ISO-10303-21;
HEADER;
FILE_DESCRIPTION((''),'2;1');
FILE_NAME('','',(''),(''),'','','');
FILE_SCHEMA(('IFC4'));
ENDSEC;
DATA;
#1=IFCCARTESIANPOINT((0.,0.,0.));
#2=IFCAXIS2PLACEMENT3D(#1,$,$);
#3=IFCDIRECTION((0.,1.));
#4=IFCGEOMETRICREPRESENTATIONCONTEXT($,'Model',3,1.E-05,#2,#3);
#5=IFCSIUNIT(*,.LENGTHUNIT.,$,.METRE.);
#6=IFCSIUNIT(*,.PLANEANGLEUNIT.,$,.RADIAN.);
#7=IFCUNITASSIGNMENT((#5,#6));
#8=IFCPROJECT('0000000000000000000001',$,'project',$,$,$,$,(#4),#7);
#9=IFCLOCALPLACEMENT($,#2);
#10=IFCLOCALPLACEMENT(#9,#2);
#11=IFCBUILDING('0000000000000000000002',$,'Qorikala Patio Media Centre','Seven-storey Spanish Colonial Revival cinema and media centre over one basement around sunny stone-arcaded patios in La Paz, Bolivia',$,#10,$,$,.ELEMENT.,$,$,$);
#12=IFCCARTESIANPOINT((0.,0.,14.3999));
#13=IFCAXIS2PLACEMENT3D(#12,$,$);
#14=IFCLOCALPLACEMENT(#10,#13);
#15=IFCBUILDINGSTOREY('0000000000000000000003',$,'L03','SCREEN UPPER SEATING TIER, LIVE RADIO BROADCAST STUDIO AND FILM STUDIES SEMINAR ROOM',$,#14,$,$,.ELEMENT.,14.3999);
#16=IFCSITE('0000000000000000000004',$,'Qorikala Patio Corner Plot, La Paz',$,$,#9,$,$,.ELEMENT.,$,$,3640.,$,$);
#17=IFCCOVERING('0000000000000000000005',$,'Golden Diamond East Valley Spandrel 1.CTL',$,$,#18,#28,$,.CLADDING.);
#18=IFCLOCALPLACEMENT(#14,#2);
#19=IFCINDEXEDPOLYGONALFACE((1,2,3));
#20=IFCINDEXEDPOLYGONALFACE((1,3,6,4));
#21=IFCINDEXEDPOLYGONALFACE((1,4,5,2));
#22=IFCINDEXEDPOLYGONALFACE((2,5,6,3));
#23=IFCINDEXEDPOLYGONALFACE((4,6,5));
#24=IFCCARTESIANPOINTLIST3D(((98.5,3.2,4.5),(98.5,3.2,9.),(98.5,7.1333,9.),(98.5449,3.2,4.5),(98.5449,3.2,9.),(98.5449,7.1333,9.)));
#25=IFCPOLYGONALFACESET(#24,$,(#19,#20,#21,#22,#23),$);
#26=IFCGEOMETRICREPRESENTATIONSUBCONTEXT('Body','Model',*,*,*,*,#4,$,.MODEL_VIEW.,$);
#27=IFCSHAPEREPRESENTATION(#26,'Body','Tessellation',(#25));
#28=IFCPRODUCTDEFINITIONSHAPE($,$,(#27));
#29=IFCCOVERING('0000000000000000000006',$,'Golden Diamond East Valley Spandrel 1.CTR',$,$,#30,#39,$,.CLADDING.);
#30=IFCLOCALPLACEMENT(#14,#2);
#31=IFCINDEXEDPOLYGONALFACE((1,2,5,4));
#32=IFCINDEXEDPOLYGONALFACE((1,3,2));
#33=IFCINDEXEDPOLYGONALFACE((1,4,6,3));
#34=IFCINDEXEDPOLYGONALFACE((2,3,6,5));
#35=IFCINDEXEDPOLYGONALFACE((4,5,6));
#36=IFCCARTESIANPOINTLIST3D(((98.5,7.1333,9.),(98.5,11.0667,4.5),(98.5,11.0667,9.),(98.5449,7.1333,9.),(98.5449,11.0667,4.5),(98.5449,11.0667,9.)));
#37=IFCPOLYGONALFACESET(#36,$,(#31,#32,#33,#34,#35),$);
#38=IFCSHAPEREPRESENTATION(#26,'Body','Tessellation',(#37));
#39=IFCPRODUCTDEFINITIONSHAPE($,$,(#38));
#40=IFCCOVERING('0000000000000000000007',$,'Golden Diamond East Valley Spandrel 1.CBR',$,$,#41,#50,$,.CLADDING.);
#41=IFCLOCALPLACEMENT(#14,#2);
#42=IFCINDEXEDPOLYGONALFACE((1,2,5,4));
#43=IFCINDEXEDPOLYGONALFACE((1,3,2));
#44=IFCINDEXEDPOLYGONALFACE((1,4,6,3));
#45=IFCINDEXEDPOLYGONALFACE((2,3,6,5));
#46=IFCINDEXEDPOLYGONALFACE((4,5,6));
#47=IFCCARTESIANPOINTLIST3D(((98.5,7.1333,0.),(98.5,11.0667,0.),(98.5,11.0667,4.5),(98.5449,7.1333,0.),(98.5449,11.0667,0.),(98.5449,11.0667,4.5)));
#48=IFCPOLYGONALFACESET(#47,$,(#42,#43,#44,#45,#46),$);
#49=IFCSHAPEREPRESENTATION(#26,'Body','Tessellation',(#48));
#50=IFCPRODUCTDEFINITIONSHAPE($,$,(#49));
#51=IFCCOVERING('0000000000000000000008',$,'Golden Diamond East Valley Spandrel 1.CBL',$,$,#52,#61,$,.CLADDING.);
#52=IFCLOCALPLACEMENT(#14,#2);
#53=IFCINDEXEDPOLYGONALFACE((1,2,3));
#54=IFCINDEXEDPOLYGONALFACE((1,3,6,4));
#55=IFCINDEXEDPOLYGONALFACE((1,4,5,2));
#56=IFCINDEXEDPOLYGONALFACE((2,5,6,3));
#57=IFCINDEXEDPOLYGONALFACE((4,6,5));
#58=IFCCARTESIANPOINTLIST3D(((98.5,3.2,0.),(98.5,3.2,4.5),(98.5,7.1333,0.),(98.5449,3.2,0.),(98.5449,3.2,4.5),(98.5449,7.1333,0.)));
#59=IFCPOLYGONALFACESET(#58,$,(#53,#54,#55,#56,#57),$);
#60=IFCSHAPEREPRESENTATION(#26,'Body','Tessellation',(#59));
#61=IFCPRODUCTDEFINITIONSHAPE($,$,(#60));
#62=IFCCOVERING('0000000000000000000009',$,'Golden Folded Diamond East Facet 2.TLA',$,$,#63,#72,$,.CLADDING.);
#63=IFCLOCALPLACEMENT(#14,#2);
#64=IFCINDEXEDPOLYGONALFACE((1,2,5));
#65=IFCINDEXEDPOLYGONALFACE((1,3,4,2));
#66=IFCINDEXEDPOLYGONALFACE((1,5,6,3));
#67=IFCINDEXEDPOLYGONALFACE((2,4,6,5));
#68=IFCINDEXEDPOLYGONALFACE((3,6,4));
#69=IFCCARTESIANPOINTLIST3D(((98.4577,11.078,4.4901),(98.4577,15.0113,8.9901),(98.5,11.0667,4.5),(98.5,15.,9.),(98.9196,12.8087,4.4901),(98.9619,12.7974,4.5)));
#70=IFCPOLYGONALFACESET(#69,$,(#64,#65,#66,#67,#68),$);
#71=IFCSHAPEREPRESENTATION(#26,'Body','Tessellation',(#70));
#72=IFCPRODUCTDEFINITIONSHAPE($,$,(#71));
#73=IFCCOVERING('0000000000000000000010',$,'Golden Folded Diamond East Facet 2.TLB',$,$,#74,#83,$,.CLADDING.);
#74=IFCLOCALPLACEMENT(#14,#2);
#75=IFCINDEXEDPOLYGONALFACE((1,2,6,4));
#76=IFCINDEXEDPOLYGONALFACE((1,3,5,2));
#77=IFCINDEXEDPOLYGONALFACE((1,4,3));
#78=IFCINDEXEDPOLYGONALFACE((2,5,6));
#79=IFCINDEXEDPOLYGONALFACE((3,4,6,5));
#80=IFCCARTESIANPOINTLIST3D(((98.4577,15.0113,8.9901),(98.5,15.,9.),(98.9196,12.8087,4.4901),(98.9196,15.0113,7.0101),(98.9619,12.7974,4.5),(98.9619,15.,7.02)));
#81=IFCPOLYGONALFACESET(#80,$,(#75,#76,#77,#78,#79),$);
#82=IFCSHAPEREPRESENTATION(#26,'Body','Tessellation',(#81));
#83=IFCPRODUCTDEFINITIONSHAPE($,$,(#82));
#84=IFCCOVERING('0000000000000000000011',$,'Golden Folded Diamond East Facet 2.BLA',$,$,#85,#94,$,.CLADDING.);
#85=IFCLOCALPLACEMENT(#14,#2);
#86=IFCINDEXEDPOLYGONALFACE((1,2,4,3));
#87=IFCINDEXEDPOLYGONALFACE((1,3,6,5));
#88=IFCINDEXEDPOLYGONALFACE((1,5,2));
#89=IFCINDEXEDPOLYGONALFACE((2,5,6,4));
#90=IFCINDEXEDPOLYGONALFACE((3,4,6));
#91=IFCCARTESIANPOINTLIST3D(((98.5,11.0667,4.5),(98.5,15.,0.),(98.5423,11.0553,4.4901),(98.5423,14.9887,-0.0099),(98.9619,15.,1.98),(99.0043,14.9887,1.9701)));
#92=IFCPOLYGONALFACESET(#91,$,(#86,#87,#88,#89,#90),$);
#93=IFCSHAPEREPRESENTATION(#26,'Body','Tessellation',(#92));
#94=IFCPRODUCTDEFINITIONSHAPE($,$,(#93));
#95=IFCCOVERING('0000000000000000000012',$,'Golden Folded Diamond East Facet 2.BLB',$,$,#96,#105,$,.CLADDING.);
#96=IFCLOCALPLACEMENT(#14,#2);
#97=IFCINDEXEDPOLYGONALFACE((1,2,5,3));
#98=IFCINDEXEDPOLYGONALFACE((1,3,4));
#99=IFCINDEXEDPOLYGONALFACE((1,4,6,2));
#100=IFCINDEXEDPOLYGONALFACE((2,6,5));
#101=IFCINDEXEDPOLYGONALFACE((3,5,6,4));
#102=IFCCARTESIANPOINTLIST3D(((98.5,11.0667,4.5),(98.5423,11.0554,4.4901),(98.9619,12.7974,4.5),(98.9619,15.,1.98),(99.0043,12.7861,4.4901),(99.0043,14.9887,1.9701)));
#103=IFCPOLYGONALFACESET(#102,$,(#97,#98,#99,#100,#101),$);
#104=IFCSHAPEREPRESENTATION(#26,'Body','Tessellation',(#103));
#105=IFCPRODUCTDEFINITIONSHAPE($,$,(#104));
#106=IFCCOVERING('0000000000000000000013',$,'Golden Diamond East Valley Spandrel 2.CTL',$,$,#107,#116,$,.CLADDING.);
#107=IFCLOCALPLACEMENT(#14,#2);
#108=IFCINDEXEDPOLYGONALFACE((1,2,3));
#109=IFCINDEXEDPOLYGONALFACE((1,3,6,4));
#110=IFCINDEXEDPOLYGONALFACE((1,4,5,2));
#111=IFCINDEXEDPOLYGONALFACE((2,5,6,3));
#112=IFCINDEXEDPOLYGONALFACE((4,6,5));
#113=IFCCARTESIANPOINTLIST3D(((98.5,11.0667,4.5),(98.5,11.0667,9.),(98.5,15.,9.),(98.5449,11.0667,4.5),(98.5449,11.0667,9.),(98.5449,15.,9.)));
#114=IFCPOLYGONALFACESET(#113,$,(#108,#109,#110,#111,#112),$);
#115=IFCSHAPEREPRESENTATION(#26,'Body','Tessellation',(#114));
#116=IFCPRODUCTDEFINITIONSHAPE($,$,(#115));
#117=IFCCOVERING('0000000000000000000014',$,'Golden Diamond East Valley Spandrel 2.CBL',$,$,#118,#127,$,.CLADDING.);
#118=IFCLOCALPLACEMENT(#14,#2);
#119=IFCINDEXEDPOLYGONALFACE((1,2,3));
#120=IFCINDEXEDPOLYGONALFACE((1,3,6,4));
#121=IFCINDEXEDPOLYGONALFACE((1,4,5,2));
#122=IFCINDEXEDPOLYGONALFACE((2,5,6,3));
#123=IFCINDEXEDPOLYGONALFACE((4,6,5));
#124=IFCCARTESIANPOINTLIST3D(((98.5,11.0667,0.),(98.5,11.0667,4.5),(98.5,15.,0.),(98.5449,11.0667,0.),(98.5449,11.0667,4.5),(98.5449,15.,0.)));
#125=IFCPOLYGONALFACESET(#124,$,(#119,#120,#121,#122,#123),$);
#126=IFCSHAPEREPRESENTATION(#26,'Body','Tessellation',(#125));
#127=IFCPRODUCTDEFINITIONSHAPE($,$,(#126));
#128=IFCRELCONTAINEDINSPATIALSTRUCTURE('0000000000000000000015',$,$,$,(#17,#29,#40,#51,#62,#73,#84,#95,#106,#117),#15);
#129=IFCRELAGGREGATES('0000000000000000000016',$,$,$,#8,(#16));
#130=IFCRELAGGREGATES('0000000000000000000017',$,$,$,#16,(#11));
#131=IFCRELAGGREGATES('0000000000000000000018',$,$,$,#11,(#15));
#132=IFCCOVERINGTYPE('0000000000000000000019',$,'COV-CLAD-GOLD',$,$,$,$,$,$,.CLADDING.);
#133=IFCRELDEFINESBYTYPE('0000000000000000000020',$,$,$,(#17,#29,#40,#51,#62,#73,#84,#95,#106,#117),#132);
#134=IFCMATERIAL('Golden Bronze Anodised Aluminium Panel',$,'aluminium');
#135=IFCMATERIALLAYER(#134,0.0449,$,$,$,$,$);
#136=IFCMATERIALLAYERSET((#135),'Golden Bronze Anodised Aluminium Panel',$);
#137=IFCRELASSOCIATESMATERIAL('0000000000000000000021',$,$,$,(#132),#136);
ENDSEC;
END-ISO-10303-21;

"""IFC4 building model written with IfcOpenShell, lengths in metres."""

from ifc_helpers import new_model, si_unit, direction, frame, origin, place, context, subcontext, project, spatial, polyline, outline, extrude, material, layer, layer_set, type_object, element, save


model = new_model("IFC4")

# Units and contexts
model_context = context("Model", 3, precision=1e-05, world=origin(), true_north=direction((0.0, 1.0)))
body_context = subcontext(model_context, "Body", "Model", "MODEL_VIEW")
ifc_project = project(units=[si_unit("LENGTHUNIT", "METRE"), si_unit("PLANEANGLEUNIT", "RADIAN")], contexts=[model_context])

# Site, building, storey
site_placement = place(None, origin())
site = spatial("IfcSite", under=ifc_project, at=site_placement, Name="Qorikala Patio Corner Plot, La Paz", CompositionType="ELEMENT", RefElevation=3640.0)
building_placement = place(site_placement, origin())
building = spatial("IfcBuilding", under=site, at=building_placement, Name="Qorikala Patio Media Centre", Description="Seven-storey Spanish Colonial Revival cinema and media centre over one basement around sunny stone-arcaded patios in La Paz, Bolivia", CompositionType="ELEMENT")
storey_placement = place(building_placement, frame((0.0, 0.0, 14.3999)))
storey = spatial("IfcBuildingStorey", under=building, at=storey_placement, Name="L03", Description="SCREEN UPPER SEATING TIER, LIVE RADIO BROADCAST STUDIO AND FILM STUDIES SEMINAR ROOM", CompositionType="ELEMENT", Elevation=14.3999)

# Coverings
ifc_material_1 = material(Name="Golden Bronze Anodised Aluminium Panel", Category="aluminium")
ifc_layer_1 = layer(ifc_material_1, 0.0449)
ifc_layer_set_1 = layer_set([ifc_layer_1], Name="Golden Bronze Anodised Aluminium Panel")
covering_type = type_object("IfcCoveringType", Name="COV-CLAD-GOLD", PredefinedType="CLADDING", material=ifc_layer_set_1)
covering_1_placement = place(storey_placement, frame((98.5, 3.2, 9.0), z_axis=(-1.0, 0.0, 0.0), x_axis=(0.0, 1.0, 0.0)))
element("IfcCovering", 1, at=covering_1_placement, inside=storey, type_object=covering_type, Name="Golden Diamond East Valley Spandrel 1.CTL", PredefinedType="CLADDING", context=body_context, shape_type="SweptSolid", body=[
    extrude(outline(polyline([(0.0, 0.0), (3.9333, 0.0), (0.0, 4.5), (0.0, 0.0)])), origin(), (0.0, 0.0, -1.0), 0.0449),
])
covering_2_placement = place(storey_placement, frame((98.5, 11.0667, 9.0), z_axis=(-1.0, 0.0, 0.0), x_axis=(0.0, 0.0, -1.0)))
element("IfcCovering", 2, at=covering_2_placement, inside=storey, type_object=covering_type, Name="Golden Diamond East Valley Spandrel 1.CTR", PredefinedType="CLADDING", context=body_context, shape_type="SweptSolid", body=[
    extrude(outline(polyline([(0.0, 0.0), (4.5, 0.0), (0.0, 3.9333), (0.0, 0.0)])), origin(), (0.0, 0.0, -1.0), 0.0449),
])
covering_3_placement = place(storey_placement, frame((98.5, 11.0667, 0.0), z_axis=(-1.0, 0.0, 0.0), x_axis=(0.0, -1.0, 0.0)))
element("IfcCovering", 3, at=covering_3_placement, inside=storey, type_object=covering_type, Name="Golden Diamond East Valley Spandrel 1.CBR", PredefinedType="CLADDING", context=body_context, shape_type="SweptSolid", body=[
    extrude(outline(polyline([(0.0, 0.0), (3.9333, 0.0), (0.0, 4.5), (0.0, 0.0)])), origin(), (0.0, 0.0, -1.0), 0.0449),
])
covering_4_placement = place(storey_placement, frame((98.5, 3.2, 0.0), z_axis=(-1.0, 0.0, 0.0), x_axis=(0.0, 0.0, 1.0)))
element("IfcCovering", 4, at=covering_4_placement, inside=storey, type_object=covering_type, Name="Golden Diamond East Valley Spandrel 1.CBL", PredefinedType="CLADDING", context=body_context, shape_type="SweptSolid", body=[
    extrude(outline(polyline([(0.0, 0.0), (4.5, 0.0), (0.0, 3.9333), (0.0, 0.0)])), origin(), (0.0, 0.0, -1.0), 0.0449),
])
covering_5_placement = place(storey_placement, frame((98.5, 15.0, 9.0), z_axis=(0.942535, -0.251556, 0.219879), x_axis=(0.0, -0.658111, -0.752921)))
element("IfcCovering", 5, at=covering_5_placement, inside=storey, type_object=covering_type, Name="Golden Folded Diamond East Facet 2.TLA", PredefinedType="CLADDING", context=body_context, shape_type="SweptSolid", body=[
    extrude(outline(polyline([(0.0, 0.0), (5.9767, 0.0), (4.8377, 1.3825), (0.0, 0.0)])), origin(), (0.0, 0.0, -1.0), 0.0449),
])
covering_6_placement = place(storey_placement, frame((98.5, 15.0, 9.0), z_axis=(0.94253, -0.251569, 0.219885), x_axis=(0.091806, -0.437778, -0.894383)))
element("IfcCovering", 6, at=covering_6_placement, inside=storey, type_object=covering_type, Name="Golden Folded Diamond East Facet 2.TLB", PredefinedType="CLADDING", context=body_context, shape_type="SweptSolid", body=[
    extrude(outline(polyline([(0.0, 0.0), (5.0314, 0.0), (1.8133, 0.9196), (0.0, 0.0)])), origin(), (0.0, 0.0, -1.0), 0.0449),
])
covering_7_placement = place(storey_placement, frame((98.5, 11.0667, 4.5), z_axis=(-0.942532, 0.251563, 0.219885), x_axis=(0.0, 0.658111, -0.752921)))
element("IfcCovering", 7, at=covering_7_placement, inside=storey, type_object=covering_type, Name="Golden Folded Diamond East Facet 2.BLA", PredefinedType="CLADDING", context=body_context, shape_type="SweptSolid", body=[
    extrude(outline(polyline([(0.0, 0.0), (5.9767, 0.0), (4.486, -1.3825), (0.0, 0.0)])), origin(), (0.0, 0.0, -1.0), 0.0449),
])
covering_8_placement = place(storey_placement, frame((98.5, 11.0667, 4.5), z_axis=(-0.942537, 0.251556, 0.219874), x_axis=(0.098402, 0.837925, -0.536842)))
element("IfcCovering", 8, at=covering_8_placement, inside=storey, type_object=covering_type, Name="Golden Folded Diamond East Facet 2.BLB", PredefinedType="CLADDING", context=body_context, shape_type="SweptSolid", body=[
    extrude(outline(polyline([(0.0, 0.0), (4.6942, 0.0), (1.4957, -0.9858), (0.0, 0.0)])), origin(), (0.0, 0.0, -1.0), 0.0449),
])
covering_9_placement = place(storey_placement, frame((98.5, 11.0667, 9.0), z_axis=(-1.0, 0.0, 0.0), x_axis=(0.0, 1.0, 0.0)))
element("IfcCovering", 9, at=covering_9_placement, inside=storey, type_object=covering_type, Name="Golden Diamond East Valley Spandrel 2.CTL", PredefinedType="CLADDING", context=body_context, shape_type="SweptSolid", body=[
    extrude(outline(polyline([(0.0, 0.0), (3.9333, 0.0), (0.0, 4.5), (0.0, 0.0)])), origin(), (0.0, 0.0, -1.0), 0.0449),
])
covering_10_placement = place(storey_placement, frame((98.5, 11.0667, 0.0), z_axis=(-1.0, 0.0, 0.0), x_axis=(0.0, 0.0, 1.0)))
element("IfcCovering", 10, at=covering_10_placement, inside=storey, type_object=covering_type, Name="Golden Diamond East Valley Spandrel 2.CBL", PredefinedType="CLADDING", context=body_context, shape_type="SweptSolid", body=[
    extrude(outline(polyline([(0.0, 0.0), (4.5, 0.0), (0.0, 3.9333), (0.0, 0.0)])), origin(), (0.0, 0.0, -1.0), 0.0449),
])

save(model, "model.ifc")
